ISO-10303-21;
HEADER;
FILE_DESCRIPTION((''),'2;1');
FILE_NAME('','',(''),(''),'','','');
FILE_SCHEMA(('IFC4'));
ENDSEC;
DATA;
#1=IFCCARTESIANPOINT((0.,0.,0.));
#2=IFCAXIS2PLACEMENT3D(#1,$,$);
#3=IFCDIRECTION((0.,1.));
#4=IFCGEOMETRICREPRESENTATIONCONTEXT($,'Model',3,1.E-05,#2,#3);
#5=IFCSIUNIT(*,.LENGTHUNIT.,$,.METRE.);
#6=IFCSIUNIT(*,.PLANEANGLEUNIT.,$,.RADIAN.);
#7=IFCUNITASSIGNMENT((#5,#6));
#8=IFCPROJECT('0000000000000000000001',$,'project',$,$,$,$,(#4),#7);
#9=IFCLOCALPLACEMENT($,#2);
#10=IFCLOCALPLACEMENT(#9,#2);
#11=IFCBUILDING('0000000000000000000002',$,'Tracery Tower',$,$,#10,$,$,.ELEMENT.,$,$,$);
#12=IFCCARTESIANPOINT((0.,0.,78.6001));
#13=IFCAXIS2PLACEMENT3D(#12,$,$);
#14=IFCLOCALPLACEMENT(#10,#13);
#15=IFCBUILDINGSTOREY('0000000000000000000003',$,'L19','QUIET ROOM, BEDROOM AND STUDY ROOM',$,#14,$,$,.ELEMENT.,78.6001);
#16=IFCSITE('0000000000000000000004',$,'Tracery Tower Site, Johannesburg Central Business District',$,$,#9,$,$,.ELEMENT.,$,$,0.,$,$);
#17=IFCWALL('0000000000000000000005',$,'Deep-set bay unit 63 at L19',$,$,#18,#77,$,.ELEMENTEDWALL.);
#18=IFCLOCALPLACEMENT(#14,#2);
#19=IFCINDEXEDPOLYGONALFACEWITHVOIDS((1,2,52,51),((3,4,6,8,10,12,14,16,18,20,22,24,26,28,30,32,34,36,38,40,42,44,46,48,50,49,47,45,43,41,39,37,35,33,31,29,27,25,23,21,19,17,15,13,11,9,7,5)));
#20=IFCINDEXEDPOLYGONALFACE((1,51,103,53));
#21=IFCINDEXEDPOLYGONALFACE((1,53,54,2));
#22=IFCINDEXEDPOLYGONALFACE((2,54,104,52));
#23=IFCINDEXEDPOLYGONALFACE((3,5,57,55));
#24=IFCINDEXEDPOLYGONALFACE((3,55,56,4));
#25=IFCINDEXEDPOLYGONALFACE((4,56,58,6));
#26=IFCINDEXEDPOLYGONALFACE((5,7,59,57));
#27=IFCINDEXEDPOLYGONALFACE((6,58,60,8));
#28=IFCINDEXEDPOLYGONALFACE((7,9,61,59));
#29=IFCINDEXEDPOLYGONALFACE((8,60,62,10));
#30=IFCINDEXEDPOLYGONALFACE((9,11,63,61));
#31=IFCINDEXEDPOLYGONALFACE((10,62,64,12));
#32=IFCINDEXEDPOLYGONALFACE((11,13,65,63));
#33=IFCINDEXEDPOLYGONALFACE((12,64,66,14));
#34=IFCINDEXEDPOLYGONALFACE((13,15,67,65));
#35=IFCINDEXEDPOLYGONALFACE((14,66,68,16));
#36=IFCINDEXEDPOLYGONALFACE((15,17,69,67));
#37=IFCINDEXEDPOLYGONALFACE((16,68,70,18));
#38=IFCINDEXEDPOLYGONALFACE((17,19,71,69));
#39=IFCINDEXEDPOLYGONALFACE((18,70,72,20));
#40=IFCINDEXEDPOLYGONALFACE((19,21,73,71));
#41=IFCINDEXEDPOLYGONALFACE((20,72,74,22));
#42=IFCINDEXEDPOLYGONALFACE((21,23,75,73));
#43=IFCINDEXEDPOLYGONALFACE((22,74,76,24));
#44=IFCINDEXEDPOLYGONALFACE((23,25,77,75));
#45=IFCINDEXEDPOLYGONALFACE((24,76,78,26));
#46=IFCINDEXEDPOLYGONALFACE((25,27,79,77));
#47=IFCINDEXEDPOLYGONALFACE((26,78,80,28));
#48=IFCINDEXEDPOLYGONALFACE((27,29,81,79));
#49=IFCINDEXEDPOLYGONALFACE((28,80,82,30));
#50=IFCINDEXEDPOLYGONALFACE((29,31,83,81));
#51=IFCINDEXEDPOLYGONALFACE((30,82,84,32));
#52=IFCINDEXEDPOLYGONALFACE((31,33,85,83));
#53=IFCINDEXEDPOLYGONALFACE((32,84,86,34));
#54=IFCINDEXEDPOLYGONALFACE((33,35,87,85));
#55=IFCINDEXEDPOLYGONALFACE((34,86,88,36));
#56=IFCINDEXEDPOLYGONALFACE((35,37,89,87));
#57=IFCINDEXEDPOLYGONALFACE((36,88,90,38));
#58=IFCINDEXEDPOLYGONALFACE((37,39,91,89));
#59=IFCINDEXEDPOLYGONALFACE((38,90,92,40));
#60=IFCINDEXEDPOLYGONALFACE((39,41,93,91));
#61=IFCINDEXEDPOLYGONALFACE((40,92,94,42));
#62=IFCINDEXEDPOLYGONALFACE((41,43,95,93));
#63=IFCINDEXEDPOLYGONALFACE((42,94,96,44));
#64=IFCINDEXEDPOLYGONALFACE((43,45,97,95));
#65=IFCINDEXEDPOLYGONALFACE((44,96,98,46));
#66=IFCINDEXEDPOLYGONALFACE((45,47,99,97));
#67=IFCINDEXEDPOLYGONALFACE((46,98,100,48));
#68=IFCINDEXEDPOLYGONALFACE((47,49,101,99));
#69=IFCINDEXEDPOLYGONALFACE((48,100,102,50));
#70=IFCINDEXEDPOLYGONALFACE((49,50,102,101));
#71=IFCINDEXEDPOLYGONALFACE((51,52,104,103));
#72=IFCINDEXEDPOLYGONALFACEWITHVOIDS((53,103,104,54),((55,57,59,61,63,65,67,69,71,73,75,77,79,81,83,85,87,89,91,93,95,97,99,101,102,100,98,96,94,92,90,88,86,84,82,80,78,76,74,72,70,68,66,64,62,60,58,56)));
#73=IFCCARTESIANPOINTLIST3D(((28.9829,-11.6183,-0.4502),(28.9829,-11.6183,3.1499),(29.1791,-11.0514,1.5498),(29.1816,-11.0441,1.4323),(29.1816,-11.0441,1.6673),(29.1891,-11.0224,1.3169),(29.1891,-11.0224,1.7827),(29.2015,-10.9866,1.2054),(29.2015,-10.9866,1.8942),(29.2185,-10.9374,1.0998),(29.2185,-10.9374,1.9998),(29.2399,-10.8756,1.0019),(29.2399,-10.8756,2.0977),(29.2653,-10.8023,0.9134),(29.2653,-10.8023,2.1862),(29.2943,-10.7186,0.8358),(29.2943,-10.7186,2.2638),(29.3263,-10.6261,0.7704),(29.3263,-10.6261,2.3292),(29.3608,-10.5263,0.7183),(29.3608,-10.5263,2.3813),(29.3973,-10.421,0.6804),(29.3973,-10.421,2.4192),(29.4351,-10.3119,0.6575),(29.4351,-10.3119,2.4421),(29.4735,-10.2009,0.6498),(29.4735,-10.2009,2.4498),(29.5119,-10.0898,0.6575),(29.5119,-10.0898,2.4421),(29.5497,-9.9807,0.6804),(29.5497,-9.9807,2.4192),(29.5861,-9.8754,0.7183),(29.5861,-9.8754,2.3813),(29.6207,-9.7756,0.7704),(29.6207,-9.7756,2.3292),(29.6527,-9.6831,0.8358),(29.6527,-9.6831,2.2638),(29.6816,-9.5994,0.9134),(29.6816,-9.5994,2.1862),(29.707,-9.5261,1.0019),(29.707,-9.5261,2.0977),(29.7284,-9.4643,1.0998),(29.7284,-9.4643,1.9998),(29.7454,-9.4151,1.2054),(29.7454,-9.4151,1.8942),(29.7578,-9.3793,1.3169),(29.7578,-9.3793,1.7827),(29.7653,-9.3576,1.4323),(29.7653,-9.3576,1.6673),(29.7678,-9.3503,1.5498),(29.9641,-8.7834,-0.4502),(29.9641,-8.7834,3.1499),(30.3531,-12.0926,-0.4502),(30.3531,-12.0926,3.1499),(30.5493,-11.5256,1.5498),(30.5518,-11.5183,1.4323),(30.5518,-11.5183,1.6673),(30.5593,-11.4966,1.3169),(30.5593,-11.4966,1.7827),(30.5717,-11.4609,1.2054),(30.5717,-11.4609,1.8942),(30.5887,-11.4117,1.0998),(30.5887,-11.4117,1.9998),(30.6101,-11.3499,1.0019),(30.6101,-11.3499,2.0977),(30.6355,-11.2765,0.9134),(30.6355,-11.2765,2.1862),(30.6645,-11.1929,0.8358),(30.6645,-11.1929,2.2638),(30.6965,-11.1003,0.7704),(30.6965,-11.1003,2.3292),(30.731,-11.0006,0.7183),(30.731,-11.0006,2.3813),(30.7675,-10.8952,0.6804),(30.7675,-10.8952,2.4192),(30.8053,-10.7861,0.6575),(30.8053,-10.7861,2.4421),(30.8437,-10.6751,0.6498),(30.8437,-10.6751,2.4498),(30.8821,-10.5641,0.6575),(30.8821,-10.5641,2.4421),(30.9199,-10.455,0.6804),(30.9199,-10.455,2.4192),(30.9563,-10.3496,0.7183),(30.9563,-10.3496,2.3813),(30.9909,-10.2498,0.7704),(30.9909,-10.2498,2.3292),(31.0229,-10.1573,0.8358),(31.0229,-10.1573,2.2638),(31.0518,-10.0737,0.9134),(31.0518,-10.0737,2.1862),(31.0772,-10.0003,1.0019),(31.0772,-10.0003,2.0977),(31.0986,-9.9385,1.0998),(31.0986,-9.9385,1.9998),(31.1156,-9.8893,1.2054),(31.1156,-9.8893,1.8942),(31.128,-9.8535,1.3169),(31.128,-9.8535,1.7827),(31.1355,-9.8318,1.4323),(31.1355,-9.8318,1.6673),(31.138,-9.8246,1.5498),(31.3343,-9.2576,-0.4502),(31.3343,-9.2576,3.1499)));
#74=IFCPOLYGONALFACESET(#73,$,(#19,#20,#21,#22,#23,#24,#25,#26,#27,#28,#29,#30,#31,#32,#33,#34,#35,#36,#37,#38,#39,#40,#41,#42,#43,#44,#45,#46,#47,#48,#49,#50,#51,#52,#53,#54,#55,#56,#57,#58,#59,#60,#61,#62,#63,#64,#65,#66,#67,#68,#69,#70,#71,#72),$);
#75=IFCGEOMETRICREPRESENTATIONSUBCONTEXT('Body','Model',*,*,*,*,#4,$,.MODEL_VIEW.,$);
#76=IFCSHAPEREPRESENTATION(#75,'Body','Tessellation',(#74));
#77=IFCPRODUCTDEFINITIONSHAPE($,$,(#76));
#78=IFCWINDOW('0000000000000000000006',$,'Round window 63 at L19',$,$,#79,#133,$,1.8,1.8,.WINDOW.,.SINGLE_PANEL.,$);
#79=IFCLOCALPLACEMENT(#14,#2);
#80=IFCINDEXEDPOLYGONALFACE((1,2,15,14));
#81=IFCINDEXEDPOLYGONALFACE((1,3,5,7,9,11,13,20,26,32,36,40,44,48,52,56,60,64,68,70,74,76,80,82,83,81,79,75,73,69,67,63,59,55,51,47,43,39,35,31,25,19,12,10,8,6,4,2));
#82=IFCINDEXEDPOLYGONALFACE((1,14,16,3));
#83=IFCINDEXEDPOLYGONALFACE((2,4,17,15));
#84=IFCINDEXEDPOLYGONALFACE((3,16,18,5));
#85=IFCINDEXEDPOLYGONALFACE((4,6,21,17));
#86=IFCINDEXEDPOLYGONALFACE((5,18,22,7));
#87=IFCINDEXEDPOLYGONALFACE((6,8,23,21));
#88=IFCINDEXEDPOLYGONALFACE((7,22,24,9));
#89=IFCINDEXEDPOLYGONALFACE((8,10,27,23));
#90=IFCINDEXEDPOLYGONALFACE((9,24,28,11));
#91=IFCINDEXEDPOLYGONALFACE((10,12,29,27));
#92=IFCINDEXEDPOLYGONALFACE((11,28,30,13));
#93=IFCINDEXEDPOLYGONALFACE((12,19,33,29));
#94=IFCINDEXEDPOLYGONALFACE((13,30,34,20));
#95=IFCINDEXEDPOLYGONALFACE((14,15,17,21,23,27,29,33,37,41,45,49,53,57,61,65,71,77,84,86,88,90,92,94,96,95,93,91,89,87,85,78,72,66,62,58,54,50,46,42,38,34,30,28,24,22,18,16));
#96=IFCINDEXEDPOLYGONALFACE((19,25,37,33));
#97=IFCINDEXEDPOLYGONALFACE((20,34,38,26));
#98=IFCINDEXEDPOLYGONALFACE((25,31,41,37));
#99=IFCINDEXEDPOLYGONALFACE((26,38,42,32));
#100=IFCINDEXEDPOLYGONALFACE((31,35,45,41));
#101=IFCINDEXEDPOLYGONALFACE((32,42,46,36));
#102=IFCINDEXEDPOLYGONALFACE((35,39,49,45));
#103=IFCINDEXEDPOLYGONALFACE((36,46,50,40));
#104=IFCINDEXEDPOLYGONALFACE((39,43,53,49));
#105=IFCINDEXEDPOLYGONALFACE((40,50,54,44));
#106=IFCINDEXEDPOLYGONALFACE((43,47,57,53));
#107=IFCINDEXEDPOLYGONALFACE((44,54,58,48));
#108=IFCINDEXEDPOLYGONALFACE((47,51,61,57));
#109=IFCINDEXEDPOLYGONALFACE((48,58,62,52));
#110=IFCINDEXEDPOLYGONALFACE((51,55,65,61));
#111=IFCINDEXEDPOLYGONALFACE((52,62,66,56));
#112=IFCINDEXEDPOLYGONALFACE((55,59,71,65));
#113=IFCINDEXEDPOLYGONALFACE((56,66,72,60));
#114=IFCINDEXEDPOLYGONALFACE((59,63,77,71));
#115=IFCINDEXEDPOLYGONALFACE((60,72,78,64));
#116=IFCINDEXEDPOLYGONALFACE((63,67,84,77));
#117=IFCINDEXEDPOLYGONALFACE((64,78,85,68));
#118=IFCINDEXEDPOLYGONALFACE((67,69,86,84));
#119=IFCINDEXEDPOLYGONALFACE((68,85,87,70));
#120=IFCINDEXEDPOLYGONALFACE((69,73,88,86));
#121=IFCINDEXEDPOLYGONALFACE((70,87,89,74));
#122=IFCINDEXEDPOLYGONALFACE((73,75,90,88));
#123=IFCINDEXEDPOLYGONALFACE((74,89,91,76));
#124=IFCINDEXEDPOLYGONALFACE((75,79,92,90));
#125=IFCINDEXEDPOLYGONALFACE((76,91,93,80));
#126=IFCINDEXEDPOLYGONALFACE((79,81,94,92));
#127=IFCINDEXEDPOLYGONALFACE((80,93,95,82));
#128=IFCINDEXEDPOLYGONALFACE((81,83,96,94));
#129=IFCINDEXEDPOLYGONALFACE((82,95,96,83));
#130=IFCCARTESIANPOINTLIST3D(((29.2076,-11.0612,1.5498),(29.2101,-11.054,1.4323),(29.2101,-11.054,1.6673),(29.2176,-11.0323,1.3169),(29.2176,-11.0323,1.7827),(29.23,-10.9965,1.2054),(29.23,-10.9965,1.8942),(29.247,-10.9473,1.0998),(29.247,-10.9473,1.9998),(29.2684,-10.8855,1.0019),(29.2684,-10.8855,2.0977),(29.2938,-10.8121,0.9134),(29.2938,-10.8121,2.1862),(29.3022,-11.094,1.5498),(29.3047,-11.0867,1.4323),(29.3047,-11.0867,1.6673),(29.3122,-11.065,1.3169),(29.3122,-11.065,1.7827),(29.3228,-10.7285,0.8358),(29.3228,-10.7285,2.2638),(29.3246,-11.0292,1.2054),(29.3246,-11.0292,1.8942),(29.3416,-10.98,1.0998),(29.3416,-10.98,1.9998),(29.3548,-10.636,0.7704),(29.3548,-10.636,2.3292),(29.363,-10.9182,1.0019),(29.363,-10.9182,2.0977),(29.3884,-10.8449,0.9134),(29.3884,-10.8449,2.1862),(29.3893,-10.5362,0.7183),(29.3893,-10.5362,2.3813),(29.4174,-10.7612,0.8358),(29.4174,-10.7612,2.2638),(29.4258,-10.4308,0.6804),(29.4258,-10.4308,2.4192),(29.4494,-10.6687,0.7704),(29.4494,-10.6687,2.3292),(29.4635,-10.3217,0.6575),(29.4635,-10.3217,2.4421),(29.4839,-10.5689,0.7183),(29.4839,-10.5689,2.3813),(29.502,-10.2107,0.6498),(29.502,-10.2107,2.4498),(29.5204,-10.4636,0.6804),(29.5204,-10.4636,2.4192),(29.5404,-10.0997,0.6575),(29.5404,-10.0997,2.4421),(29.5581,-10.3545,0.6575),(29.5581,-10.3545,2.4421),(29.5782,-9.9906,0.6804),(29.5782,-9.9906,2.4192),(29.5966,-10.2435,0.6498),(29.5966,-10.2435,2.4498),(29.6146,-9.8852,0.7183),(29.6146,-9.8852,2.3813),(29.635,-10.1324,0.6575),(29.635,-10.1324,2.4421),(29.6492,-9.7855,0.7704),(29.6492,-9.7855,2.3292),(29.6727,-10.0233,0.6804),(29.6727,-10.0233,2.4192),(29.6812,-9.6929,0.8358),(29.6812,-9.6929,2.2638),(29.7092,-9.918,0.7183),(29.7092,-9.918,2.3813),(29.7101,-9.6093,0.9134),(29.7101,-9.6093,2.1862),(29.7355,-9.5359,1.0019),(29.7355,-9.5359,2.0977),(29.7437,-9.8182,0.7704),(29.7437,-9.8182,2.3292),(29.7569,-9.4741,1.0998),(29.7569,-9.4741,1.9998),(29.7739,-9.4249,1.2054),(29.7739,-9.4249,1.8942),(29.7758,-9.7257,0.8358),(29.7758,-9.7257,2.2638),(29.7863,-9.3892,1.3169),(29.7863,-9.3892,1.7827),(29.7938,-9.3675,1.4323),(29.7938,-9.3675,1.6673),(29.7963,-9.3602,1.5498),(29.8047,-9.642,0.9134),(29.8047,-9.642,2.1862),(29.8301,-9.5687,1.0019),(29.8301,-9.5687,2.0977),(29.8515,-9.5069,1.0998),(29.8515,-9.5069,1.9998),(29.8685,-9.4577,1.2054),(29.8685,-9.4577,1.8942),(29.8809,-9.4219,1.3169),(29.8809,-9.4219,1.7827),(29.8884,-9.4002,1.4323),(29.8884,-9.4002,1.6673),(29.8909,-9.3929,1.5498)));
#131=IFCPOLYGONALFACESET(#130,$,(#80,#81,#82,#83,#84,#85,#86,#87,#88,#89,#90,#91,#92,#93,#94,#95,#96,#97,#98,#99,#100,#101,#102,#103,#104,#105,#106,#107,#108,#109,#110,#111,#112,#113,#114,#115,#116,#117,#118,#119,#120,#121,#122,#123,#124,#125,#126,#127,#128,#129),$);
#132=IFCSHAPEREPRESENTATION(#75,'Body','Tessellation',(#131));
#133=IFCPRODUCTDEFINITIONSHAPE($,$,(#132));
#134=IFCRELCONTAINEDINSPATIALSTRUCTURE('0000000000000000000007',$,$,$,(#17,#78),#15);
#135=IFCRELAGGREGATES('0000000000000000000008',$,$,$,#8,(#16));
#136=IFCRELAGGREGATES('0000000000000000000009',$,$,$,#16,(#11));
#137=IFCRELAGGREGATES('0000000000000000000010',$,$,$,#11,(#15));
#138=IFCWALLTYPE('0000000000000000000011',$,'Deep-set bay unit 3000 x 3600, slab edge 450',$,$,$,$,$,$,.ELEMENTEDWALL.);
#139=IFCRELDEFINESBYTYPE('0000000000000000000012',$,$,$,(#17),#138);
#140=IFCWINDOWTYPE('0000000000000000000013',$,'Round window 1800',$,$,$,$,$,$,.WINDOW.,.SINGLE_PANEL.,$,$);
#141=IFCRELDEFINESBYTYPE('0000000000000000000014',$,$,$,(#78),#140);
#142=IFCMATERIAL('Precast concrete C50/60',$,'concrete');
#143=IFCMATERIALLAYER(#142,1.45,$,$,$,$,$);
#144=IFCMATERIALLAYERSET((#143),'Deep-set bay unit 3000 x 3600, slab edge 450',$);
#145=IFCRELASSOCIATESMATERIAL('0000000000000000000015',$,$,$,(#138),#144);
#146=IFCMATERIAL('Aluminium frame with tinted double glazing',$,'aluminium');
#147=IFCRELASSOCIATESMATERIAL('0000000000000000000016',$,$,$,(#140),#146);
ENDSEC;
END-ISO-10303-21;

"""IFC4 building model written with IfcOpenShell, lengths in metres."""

from ifc_helpers import new_model, si_unit, direction, frame, frame_2d, origin, origin_2d, place, context, subcontext, project, spatial, rectangle, circle, extrude, material, layer, layer_set, type_object, element, fill, save


model = new_model("IFC4")

# Units and contexts
model_context = context("Model", 3, precision=1e-05, world=origin(), true_north=direction((0.0, 1.0)))
body_context = subcontext(model_context, "Body", "Model", "MODEL_VIEW")
ifc_project = project(units=[si_unit("LENGTHUNIT", "METRE"), si_unit("PLANEANGLEUNIT", "RADIAN")], contexts=[model_context])

# Site, building, storey
site_placement = place(None, origin())
site = spatial("IfcSite", under=ifc_project, at=site_placement, Name="Tracery Tower Site, Johannesburg Central Business District", CompositionType="ELEMENT", RefElevation=0.0)
building_placement = place(site_placement, origin())
building = spatial("IfcBuilding", under=site, at=building_placement, Name="Tracery Tower", CompositionType="ELEMENT")
storey_placement = place(building_placement, frame((0.0, 0.0, 78.6001)))
storey = spatial("IfcBuildingStorey", under=building, at=storey_placement, Name="L19", Description="QUIET ROOM, BEDROOM AND STUDY ROOM", CompositionType="ELEMENT", Elevation=78.6001)

# Wall, opening, window
ifc_material_1 = material(Name="Precast concrete C50/60", Category="concrete")
ifc_layer_1 = layer(ifc_material_1, 1.45)
ifc_layer_set_1 = layer_set([ifc_layer_1], Name="Deep-set bay unit 3000 x 3600, slab edge 450")
wall_type_1 = type_object("IfcWallType", Name="Deep-set bay unit 3000 x 3600, slab edge 450", PredefinedType="ELEMENTEDWALL", material=ifc_layer_set_1)
wall_1_placement = place(storey_placement, frame((29.668, -11.8555, -0.4502), z_axis=(0.0, 0.0, 1.0), x_axis=(0.327071, 0.945, 0.0)))
wall_1 = element("IfcWall", 1, at=wall_1_placement, inside=storey, type_object=wall_type_1, Name="Deep-set bay unit 63 at L19", PredefinedType="ELEMENTEDWALL", context=body_context, shape_type="SweptSolid", body=[
    extrude(rectangle(XDim=3.0, YDim=1.45, at=frame_2d((1.5, 0.0))), origin(), (0.0, 0.0, 1.0), 3.6001),
])
opening_1_placement = place(wall_1_placement, frame((1.5, 0.0, 2.0)))
opening_1 = element("IfcOpeningElement", 2, at=opening_1_placement, cuts=wall_1, PredefinedType="OPENING", context=body_context, shape_type="SweptSolid", body=[
    extrude(circle(Radius=0.9, at=origin_2d()), frame((0.0, 0.7349, 0.0), z_axis=(0.0, -1.0, 0.0), x_axis=(1.0, 0.0, 0.0)), (0.0, 0.0, 1.0), 1.47),
])
ifc_material_2 = material(Name="Aluminium frame with tinted double glazing", Category="aluminium")
window_type = type_object("IfcWindowType", Name="Round window 1800", PartitioningType="SINGLE_PANEL", PredefinedType="WINDOW", material=ifc_material_2)
window_1_placement = place(opening_1_placement, origin())
window_1 = element("IfcWindow", 3, at=window_1_placement, inside=storey, type_object=window_type, Name="Round window 63 at L19", OverallHeight=1.8, OverallWidth=1.8, PartitioningType="SINGLE_PANEL", PredefinedType="WINDOW", context=body_context, shape_type="SweptSolid", body=[
    extrude(circle(Radius=0.9, at=origin_2d()), frame((0.0, 0.6948, 0.0), z_axis=(0.0, -1.0, 0.0), x_axis=(1.0, 0.0, 0.0)), (0.0, 0.0, 1.0), 0.1001),
])
fill(opening_1, window_1)

save(model, "model.ifc")
